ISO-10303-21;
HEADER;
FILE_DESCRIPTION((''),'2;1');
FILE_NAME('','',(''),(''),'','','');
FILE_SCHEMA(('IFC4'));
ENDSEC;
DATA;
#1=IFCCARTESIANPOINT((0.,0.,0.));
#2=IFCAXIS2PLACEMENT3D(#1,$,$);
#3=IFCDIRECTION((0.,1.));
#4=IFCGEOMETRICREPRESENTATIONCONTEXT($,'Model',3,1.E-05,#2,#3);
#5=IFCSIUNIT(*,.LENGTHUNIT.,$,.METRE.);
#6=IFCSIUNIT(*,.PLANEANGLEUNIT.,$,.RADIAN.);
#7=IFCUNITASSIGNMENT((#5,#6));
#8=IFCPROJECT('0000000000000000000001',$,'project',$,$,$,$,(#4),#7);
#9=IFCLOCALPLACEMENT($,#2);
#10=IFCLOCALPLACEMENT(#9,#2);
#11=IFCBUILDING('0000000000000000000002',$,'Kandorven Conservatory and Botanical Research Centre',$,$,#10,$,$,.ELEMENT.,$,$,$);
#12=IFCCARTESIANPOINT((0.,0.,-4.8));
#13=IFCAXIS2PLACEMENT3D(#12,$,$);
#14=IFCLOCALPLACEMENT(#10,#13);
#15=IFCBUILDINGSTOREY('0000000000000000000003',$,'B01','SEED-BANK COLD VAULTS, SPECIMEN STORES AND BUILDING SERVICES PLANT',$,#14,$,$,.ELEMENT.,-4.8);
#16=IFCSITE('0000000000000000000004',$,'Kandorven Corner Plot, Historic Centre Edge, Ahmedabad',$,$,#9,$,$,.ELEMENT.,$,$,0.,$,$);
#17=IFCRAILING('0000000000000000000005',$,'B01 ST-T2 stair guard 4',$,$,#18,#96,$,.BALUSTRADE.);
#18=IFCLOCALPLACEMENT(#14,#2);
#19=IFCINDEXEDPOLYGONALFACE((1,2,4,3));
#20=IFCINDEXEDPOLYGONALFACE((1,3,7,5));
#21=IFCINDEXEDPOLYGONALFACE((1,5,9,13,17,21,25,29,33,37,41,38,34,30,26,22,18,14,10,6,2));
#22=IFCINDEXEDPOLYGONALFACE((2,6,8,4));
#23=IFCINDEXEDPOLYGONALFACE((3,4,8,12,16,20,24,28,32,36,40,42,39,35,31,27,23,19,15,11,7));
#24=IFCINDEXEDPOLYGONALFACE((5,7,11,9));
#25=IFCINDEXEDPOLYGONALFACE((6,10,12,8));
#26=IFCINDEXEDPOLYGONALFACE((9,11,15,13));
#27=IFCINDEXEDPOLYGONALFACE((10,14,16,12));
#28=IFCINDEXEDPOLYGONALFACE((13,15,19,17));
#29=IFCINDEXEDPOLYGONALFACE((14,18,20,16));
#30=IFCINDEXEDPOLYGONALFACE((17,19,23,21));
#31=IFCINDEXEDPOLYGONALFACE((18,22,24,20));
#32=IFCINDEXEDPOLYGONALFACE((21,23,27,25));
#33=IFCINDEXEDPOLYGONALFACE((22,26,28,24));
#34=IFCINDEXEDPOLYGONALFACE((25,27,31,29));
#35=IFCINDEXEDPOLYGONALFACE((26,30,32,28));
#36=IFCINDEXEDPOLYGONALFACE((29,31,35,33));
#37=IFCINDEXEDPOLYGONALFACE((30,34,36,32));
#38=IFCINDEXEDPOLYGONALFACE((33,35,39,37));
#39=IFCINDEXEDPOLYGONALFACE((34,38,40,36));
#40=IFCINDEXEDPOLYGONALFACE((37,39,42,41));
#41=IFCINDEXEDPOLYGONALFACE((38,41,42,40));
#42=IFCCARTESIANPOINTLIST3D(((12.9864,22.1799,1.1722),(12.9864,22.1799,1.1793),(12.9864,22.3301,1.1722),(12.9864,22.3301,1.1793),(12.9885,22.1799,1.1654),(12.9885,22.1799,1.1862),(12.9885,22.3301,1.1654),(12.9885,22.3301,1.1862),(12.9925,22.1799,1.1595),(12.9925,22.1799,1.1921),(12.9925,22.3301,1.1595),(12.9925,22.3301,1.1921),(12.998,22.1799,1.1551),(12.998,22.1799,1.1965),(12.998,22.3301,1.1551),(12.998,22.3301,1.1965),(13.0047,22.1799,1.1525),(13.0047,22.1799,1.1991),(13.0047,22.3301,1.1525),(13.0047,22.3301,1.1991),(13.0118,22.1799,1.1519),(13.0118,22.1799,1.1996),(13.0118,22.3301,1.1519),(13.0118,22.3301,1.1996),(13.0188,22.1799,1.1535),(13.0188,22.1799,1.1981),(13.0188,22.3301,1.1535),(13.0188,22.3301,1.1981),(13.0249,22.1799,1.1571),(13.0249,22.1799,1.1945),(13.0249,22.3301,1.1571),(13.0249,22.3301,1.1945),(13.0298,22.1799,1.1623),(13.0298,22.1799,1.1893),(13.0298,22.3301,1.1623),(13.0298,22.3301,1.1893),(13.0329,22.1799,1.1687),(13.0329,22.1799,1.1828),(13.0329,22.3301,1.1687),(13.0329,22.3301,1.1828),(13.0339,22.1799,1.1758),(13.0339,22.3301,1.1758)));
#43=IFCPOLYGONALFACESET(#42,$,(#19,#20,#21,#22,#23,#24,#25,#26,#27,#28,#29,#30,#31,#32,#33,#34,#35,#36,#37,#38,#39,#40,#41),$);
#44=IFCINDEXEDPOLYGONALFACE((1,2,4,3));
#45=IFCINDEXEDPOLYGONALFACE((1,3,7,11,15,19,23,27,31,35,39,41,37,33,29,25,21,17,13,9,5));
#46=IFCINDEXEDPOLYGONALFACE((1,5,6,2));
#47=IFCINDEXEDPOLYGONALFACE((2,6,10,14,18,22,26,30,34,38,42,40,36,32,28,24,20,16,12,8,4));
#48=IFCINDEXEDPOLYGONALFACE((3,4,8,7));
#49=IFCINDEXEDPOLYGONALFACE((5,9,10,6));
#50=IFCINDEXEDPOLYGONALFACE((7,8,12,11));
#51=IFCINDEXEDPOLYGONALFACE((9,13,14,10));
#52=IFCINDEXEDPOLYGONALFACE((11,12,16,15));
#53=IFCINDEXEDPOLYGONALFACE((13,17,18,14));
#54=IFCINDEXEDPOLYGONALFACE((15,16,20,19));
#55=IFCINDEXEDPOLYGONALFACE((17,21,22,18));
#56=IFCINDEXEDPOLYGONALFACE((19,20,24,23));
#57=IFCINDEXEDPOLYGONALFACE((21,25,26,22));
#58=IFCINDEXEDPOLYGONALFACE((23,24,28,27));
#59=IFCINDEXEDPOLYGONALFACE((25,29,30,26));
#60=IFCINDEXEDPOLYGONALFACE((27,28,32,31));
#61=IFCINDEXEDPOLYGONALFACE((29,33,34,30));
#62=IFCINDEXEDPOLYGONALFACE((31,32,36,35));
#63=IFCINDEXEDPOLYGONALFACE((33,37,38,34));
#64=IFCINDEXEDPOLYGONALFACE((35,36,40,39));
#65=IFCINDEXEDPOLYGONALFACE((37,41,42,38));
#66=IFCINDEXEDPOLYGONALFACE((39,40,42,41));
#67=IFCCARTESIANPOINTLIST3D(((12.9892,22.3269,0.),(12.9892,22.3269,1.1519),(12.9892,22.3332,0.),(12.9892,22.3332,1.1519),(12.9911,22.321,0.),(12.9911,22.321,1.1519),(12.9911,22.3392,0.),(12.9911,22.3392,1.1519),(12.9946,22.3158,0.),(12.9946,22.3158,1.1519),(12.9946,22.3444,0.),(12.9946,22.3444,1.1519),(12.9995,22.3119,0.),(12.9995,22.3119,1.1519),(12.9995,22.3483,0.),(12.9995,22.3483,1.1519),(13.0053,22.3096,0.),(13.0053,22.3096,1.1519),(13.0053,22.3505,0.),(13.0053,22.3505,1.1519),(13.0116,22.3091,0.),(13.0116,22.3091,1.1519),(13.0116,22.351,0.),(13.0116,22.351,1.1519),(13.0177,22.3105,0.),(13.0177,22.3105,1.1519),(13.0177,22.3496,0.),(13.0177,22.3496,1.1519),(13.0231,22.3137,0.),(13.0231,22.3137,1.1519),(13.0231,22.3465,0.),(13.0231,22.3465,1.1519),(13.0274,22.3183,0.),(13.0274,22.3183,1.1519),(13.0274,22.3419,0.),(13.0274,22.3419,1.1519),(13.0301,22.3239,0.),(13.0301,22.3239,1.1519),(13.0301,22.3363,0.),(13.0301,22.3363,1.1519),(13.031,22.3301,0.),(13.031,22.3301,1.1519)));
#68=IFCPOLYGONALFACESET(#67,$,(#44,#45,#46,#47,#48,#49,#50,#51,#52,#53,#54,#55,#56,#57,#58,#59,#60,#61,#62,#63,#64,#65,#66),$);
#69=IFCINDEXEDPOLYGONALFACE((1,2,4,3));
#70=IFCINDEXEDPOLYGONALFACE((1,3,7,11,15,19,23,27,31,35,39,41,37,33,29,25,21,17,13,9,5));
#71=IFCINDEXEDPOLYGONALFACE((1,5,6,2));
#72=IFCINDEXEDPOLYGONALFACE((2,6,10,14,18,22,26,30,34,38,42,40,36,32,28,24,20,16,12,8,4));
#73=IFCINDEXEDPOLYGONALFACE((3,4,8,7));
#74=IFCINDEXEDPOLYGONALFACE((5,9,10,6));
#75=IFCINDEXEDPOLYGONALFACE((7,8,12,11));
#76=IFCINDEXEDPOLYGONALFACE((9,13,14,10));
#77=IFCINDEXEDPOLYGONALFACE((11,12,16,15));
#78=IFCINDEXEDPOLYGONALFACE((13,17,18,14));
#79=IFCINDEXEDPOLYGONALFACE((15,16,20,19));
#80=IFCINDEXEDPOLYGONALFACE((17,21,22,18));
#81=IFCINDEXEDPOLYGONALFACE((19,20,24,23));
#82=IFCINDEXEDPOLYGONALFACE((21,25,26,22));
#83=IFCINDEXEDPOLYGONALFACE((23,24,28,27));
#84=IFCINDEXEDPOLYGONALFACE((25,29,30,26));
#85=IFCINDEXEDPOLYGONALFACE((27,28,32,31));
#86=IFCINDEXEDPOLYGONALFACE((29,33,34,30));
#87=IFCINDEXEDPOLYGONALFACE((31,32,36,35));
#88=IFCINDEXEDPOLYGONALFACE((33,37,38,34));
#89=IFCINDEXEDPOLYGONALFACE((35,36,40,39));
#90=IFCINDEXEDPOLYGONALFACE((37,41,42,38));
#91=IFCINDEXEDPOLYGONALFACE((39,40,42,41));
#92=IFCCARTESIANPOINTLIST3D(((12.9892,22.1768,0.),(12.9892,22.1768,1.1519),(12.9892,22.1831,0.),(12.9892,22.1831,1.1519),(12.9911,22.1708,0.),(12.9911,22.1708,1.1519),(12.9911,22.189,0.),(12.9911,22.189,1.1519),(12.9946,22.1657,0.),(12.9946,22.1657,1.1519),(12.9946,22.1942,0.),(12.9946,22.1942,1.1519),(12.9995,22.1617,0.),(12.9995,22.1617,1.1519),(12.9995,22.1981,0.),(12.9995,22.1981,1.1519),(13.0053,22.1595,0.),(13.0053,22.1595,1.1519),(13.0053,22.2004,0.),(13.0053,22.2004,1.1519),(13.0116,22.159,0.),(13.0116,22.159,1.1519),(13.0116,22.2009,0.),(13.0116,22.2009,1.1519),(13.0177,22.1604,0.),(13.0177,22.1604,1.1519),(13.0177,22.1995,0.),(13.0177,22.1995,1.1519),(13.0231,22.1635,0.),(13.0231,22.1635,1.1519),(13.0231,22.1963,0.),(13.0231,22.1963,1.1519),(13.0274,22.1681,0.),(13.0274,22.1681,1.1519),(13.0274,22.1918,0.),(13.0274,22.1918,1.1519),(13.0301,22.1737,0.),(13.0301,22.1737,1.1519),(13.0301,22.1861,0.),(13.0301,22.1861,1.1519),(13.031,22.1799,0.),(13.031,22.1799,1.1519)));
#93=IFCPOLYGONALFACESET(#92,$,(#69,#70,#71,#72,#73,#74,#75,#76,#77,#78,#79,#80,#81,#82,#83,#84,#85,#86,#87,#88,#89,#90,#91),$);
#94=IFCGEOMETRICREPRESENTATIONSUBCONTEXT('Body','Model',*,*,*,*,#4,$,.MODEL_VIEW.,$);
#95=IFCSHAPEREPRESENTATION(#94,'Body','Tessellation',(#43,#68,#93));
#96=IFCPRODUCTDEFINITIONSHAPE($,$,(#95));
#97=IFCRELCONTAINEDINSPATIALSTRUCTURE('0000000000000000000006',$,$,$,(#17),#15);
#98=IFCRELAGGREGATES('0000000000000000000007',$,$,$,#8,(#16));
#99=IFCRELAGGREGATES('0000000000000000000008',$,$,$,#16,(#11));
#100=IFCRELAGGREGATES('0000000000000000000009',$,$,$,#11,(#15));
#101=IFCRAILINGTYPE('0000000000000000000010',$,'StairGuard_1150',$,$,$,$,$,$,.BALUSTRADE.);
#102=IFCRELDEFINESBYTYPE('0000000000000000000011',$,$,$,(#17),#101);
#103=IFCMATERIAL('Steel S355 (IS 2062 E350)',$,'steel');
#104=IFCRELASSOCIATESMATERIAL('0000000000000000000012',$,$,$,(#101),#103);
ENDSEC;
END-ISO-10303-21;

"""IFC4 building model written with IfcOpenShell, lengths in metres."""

from ifc_helpers import new_model, si_unit, direction, frame, origin, origin_2d, place, context, subcontext, project, spatial, circle, extrude, material, type_object, element, save


model = new_model("IFC4")

# Units and contexts
model_context = context("Model", 3, precision=1e-05, world=origin(), true_north=direction((0.0, 1.0)))
body_context = subcontext(model_context, "Body", "Model", "MODEL_VIEW")
ifc_project = project(units=[si_unit("LENGTHUNIT", "METRE"), si_unit("PLANEANGLEUNIT", "RADIAN")], contexts=[model_context])

# Site, building, storey
site_placement = place(None, origin())
site = spatial("IfcSite", under=ifc_project, at=site_placement, Name="Kandorven Corner Plot, Historic Centre Edge, Ahmedabad", CompositionType="ELEMENT", RefElevation=0.0)
building_placement = place(site_placement, origin())
building = spatial("IfcBuilding", under=site, at=building_placement, Name="Kandorven Conservatory and Botanical Research Centre", CompositionType="ELEMENT")
storey_placement = place(building_placement, frame((0.0, 0.0, -4.8)))
storey = spatial("IfcBuildingStorey", under=building, at=storey_placement, Name="B01", Description="SEED-BANK COLD VAULTS, SPECIMEN STORES AND BUILDING SERVICES PLANT", CompositionType="ELEMENT", Elevation=-4.8)

# Railing
ifc_material_1 = material(Name="Steel S355 (IS 2062 E350)", Category="steel")
railing_type_1 = type_object("IfcRailingType", Name="StairGuard_1150", PredefinedType="BALUSTRADE", material=ifc_material_1)
railing_1_placement = place(storey_placement, frame((13.01, 22.3301, 0.0)))
element("IfcRailing", 1, at=railing_1_placement, inside=storey, type_object=railing_type_1, Name="B01 ST-T2 stair guard 4", PredefinedType="BALUSTRADE", context=body_context, shape_type="SweptSolid", body=[
    extrude(circle(Radius=0.0239, at=origin_2d()), frame((0.0, 0.0, 1.1758), z_axis=(0.0, -1.0, 0.0), x_axis=(1.0, 0.0, 0.0)), (0.0, 0.0, 1.0), 0.1501),
    extrude(circle(Radius=0.021, at=origin_2d()), origin(), (0.0, 0.0, 1.0), 1.1519),
    extrude(circle(Radius=0.021, at=origin_2d()), frame((0.0, -0.1501, 0.0)), (0.0, 0.0, 1.0), 1.1519),
])

save(model, "model.ifc")
